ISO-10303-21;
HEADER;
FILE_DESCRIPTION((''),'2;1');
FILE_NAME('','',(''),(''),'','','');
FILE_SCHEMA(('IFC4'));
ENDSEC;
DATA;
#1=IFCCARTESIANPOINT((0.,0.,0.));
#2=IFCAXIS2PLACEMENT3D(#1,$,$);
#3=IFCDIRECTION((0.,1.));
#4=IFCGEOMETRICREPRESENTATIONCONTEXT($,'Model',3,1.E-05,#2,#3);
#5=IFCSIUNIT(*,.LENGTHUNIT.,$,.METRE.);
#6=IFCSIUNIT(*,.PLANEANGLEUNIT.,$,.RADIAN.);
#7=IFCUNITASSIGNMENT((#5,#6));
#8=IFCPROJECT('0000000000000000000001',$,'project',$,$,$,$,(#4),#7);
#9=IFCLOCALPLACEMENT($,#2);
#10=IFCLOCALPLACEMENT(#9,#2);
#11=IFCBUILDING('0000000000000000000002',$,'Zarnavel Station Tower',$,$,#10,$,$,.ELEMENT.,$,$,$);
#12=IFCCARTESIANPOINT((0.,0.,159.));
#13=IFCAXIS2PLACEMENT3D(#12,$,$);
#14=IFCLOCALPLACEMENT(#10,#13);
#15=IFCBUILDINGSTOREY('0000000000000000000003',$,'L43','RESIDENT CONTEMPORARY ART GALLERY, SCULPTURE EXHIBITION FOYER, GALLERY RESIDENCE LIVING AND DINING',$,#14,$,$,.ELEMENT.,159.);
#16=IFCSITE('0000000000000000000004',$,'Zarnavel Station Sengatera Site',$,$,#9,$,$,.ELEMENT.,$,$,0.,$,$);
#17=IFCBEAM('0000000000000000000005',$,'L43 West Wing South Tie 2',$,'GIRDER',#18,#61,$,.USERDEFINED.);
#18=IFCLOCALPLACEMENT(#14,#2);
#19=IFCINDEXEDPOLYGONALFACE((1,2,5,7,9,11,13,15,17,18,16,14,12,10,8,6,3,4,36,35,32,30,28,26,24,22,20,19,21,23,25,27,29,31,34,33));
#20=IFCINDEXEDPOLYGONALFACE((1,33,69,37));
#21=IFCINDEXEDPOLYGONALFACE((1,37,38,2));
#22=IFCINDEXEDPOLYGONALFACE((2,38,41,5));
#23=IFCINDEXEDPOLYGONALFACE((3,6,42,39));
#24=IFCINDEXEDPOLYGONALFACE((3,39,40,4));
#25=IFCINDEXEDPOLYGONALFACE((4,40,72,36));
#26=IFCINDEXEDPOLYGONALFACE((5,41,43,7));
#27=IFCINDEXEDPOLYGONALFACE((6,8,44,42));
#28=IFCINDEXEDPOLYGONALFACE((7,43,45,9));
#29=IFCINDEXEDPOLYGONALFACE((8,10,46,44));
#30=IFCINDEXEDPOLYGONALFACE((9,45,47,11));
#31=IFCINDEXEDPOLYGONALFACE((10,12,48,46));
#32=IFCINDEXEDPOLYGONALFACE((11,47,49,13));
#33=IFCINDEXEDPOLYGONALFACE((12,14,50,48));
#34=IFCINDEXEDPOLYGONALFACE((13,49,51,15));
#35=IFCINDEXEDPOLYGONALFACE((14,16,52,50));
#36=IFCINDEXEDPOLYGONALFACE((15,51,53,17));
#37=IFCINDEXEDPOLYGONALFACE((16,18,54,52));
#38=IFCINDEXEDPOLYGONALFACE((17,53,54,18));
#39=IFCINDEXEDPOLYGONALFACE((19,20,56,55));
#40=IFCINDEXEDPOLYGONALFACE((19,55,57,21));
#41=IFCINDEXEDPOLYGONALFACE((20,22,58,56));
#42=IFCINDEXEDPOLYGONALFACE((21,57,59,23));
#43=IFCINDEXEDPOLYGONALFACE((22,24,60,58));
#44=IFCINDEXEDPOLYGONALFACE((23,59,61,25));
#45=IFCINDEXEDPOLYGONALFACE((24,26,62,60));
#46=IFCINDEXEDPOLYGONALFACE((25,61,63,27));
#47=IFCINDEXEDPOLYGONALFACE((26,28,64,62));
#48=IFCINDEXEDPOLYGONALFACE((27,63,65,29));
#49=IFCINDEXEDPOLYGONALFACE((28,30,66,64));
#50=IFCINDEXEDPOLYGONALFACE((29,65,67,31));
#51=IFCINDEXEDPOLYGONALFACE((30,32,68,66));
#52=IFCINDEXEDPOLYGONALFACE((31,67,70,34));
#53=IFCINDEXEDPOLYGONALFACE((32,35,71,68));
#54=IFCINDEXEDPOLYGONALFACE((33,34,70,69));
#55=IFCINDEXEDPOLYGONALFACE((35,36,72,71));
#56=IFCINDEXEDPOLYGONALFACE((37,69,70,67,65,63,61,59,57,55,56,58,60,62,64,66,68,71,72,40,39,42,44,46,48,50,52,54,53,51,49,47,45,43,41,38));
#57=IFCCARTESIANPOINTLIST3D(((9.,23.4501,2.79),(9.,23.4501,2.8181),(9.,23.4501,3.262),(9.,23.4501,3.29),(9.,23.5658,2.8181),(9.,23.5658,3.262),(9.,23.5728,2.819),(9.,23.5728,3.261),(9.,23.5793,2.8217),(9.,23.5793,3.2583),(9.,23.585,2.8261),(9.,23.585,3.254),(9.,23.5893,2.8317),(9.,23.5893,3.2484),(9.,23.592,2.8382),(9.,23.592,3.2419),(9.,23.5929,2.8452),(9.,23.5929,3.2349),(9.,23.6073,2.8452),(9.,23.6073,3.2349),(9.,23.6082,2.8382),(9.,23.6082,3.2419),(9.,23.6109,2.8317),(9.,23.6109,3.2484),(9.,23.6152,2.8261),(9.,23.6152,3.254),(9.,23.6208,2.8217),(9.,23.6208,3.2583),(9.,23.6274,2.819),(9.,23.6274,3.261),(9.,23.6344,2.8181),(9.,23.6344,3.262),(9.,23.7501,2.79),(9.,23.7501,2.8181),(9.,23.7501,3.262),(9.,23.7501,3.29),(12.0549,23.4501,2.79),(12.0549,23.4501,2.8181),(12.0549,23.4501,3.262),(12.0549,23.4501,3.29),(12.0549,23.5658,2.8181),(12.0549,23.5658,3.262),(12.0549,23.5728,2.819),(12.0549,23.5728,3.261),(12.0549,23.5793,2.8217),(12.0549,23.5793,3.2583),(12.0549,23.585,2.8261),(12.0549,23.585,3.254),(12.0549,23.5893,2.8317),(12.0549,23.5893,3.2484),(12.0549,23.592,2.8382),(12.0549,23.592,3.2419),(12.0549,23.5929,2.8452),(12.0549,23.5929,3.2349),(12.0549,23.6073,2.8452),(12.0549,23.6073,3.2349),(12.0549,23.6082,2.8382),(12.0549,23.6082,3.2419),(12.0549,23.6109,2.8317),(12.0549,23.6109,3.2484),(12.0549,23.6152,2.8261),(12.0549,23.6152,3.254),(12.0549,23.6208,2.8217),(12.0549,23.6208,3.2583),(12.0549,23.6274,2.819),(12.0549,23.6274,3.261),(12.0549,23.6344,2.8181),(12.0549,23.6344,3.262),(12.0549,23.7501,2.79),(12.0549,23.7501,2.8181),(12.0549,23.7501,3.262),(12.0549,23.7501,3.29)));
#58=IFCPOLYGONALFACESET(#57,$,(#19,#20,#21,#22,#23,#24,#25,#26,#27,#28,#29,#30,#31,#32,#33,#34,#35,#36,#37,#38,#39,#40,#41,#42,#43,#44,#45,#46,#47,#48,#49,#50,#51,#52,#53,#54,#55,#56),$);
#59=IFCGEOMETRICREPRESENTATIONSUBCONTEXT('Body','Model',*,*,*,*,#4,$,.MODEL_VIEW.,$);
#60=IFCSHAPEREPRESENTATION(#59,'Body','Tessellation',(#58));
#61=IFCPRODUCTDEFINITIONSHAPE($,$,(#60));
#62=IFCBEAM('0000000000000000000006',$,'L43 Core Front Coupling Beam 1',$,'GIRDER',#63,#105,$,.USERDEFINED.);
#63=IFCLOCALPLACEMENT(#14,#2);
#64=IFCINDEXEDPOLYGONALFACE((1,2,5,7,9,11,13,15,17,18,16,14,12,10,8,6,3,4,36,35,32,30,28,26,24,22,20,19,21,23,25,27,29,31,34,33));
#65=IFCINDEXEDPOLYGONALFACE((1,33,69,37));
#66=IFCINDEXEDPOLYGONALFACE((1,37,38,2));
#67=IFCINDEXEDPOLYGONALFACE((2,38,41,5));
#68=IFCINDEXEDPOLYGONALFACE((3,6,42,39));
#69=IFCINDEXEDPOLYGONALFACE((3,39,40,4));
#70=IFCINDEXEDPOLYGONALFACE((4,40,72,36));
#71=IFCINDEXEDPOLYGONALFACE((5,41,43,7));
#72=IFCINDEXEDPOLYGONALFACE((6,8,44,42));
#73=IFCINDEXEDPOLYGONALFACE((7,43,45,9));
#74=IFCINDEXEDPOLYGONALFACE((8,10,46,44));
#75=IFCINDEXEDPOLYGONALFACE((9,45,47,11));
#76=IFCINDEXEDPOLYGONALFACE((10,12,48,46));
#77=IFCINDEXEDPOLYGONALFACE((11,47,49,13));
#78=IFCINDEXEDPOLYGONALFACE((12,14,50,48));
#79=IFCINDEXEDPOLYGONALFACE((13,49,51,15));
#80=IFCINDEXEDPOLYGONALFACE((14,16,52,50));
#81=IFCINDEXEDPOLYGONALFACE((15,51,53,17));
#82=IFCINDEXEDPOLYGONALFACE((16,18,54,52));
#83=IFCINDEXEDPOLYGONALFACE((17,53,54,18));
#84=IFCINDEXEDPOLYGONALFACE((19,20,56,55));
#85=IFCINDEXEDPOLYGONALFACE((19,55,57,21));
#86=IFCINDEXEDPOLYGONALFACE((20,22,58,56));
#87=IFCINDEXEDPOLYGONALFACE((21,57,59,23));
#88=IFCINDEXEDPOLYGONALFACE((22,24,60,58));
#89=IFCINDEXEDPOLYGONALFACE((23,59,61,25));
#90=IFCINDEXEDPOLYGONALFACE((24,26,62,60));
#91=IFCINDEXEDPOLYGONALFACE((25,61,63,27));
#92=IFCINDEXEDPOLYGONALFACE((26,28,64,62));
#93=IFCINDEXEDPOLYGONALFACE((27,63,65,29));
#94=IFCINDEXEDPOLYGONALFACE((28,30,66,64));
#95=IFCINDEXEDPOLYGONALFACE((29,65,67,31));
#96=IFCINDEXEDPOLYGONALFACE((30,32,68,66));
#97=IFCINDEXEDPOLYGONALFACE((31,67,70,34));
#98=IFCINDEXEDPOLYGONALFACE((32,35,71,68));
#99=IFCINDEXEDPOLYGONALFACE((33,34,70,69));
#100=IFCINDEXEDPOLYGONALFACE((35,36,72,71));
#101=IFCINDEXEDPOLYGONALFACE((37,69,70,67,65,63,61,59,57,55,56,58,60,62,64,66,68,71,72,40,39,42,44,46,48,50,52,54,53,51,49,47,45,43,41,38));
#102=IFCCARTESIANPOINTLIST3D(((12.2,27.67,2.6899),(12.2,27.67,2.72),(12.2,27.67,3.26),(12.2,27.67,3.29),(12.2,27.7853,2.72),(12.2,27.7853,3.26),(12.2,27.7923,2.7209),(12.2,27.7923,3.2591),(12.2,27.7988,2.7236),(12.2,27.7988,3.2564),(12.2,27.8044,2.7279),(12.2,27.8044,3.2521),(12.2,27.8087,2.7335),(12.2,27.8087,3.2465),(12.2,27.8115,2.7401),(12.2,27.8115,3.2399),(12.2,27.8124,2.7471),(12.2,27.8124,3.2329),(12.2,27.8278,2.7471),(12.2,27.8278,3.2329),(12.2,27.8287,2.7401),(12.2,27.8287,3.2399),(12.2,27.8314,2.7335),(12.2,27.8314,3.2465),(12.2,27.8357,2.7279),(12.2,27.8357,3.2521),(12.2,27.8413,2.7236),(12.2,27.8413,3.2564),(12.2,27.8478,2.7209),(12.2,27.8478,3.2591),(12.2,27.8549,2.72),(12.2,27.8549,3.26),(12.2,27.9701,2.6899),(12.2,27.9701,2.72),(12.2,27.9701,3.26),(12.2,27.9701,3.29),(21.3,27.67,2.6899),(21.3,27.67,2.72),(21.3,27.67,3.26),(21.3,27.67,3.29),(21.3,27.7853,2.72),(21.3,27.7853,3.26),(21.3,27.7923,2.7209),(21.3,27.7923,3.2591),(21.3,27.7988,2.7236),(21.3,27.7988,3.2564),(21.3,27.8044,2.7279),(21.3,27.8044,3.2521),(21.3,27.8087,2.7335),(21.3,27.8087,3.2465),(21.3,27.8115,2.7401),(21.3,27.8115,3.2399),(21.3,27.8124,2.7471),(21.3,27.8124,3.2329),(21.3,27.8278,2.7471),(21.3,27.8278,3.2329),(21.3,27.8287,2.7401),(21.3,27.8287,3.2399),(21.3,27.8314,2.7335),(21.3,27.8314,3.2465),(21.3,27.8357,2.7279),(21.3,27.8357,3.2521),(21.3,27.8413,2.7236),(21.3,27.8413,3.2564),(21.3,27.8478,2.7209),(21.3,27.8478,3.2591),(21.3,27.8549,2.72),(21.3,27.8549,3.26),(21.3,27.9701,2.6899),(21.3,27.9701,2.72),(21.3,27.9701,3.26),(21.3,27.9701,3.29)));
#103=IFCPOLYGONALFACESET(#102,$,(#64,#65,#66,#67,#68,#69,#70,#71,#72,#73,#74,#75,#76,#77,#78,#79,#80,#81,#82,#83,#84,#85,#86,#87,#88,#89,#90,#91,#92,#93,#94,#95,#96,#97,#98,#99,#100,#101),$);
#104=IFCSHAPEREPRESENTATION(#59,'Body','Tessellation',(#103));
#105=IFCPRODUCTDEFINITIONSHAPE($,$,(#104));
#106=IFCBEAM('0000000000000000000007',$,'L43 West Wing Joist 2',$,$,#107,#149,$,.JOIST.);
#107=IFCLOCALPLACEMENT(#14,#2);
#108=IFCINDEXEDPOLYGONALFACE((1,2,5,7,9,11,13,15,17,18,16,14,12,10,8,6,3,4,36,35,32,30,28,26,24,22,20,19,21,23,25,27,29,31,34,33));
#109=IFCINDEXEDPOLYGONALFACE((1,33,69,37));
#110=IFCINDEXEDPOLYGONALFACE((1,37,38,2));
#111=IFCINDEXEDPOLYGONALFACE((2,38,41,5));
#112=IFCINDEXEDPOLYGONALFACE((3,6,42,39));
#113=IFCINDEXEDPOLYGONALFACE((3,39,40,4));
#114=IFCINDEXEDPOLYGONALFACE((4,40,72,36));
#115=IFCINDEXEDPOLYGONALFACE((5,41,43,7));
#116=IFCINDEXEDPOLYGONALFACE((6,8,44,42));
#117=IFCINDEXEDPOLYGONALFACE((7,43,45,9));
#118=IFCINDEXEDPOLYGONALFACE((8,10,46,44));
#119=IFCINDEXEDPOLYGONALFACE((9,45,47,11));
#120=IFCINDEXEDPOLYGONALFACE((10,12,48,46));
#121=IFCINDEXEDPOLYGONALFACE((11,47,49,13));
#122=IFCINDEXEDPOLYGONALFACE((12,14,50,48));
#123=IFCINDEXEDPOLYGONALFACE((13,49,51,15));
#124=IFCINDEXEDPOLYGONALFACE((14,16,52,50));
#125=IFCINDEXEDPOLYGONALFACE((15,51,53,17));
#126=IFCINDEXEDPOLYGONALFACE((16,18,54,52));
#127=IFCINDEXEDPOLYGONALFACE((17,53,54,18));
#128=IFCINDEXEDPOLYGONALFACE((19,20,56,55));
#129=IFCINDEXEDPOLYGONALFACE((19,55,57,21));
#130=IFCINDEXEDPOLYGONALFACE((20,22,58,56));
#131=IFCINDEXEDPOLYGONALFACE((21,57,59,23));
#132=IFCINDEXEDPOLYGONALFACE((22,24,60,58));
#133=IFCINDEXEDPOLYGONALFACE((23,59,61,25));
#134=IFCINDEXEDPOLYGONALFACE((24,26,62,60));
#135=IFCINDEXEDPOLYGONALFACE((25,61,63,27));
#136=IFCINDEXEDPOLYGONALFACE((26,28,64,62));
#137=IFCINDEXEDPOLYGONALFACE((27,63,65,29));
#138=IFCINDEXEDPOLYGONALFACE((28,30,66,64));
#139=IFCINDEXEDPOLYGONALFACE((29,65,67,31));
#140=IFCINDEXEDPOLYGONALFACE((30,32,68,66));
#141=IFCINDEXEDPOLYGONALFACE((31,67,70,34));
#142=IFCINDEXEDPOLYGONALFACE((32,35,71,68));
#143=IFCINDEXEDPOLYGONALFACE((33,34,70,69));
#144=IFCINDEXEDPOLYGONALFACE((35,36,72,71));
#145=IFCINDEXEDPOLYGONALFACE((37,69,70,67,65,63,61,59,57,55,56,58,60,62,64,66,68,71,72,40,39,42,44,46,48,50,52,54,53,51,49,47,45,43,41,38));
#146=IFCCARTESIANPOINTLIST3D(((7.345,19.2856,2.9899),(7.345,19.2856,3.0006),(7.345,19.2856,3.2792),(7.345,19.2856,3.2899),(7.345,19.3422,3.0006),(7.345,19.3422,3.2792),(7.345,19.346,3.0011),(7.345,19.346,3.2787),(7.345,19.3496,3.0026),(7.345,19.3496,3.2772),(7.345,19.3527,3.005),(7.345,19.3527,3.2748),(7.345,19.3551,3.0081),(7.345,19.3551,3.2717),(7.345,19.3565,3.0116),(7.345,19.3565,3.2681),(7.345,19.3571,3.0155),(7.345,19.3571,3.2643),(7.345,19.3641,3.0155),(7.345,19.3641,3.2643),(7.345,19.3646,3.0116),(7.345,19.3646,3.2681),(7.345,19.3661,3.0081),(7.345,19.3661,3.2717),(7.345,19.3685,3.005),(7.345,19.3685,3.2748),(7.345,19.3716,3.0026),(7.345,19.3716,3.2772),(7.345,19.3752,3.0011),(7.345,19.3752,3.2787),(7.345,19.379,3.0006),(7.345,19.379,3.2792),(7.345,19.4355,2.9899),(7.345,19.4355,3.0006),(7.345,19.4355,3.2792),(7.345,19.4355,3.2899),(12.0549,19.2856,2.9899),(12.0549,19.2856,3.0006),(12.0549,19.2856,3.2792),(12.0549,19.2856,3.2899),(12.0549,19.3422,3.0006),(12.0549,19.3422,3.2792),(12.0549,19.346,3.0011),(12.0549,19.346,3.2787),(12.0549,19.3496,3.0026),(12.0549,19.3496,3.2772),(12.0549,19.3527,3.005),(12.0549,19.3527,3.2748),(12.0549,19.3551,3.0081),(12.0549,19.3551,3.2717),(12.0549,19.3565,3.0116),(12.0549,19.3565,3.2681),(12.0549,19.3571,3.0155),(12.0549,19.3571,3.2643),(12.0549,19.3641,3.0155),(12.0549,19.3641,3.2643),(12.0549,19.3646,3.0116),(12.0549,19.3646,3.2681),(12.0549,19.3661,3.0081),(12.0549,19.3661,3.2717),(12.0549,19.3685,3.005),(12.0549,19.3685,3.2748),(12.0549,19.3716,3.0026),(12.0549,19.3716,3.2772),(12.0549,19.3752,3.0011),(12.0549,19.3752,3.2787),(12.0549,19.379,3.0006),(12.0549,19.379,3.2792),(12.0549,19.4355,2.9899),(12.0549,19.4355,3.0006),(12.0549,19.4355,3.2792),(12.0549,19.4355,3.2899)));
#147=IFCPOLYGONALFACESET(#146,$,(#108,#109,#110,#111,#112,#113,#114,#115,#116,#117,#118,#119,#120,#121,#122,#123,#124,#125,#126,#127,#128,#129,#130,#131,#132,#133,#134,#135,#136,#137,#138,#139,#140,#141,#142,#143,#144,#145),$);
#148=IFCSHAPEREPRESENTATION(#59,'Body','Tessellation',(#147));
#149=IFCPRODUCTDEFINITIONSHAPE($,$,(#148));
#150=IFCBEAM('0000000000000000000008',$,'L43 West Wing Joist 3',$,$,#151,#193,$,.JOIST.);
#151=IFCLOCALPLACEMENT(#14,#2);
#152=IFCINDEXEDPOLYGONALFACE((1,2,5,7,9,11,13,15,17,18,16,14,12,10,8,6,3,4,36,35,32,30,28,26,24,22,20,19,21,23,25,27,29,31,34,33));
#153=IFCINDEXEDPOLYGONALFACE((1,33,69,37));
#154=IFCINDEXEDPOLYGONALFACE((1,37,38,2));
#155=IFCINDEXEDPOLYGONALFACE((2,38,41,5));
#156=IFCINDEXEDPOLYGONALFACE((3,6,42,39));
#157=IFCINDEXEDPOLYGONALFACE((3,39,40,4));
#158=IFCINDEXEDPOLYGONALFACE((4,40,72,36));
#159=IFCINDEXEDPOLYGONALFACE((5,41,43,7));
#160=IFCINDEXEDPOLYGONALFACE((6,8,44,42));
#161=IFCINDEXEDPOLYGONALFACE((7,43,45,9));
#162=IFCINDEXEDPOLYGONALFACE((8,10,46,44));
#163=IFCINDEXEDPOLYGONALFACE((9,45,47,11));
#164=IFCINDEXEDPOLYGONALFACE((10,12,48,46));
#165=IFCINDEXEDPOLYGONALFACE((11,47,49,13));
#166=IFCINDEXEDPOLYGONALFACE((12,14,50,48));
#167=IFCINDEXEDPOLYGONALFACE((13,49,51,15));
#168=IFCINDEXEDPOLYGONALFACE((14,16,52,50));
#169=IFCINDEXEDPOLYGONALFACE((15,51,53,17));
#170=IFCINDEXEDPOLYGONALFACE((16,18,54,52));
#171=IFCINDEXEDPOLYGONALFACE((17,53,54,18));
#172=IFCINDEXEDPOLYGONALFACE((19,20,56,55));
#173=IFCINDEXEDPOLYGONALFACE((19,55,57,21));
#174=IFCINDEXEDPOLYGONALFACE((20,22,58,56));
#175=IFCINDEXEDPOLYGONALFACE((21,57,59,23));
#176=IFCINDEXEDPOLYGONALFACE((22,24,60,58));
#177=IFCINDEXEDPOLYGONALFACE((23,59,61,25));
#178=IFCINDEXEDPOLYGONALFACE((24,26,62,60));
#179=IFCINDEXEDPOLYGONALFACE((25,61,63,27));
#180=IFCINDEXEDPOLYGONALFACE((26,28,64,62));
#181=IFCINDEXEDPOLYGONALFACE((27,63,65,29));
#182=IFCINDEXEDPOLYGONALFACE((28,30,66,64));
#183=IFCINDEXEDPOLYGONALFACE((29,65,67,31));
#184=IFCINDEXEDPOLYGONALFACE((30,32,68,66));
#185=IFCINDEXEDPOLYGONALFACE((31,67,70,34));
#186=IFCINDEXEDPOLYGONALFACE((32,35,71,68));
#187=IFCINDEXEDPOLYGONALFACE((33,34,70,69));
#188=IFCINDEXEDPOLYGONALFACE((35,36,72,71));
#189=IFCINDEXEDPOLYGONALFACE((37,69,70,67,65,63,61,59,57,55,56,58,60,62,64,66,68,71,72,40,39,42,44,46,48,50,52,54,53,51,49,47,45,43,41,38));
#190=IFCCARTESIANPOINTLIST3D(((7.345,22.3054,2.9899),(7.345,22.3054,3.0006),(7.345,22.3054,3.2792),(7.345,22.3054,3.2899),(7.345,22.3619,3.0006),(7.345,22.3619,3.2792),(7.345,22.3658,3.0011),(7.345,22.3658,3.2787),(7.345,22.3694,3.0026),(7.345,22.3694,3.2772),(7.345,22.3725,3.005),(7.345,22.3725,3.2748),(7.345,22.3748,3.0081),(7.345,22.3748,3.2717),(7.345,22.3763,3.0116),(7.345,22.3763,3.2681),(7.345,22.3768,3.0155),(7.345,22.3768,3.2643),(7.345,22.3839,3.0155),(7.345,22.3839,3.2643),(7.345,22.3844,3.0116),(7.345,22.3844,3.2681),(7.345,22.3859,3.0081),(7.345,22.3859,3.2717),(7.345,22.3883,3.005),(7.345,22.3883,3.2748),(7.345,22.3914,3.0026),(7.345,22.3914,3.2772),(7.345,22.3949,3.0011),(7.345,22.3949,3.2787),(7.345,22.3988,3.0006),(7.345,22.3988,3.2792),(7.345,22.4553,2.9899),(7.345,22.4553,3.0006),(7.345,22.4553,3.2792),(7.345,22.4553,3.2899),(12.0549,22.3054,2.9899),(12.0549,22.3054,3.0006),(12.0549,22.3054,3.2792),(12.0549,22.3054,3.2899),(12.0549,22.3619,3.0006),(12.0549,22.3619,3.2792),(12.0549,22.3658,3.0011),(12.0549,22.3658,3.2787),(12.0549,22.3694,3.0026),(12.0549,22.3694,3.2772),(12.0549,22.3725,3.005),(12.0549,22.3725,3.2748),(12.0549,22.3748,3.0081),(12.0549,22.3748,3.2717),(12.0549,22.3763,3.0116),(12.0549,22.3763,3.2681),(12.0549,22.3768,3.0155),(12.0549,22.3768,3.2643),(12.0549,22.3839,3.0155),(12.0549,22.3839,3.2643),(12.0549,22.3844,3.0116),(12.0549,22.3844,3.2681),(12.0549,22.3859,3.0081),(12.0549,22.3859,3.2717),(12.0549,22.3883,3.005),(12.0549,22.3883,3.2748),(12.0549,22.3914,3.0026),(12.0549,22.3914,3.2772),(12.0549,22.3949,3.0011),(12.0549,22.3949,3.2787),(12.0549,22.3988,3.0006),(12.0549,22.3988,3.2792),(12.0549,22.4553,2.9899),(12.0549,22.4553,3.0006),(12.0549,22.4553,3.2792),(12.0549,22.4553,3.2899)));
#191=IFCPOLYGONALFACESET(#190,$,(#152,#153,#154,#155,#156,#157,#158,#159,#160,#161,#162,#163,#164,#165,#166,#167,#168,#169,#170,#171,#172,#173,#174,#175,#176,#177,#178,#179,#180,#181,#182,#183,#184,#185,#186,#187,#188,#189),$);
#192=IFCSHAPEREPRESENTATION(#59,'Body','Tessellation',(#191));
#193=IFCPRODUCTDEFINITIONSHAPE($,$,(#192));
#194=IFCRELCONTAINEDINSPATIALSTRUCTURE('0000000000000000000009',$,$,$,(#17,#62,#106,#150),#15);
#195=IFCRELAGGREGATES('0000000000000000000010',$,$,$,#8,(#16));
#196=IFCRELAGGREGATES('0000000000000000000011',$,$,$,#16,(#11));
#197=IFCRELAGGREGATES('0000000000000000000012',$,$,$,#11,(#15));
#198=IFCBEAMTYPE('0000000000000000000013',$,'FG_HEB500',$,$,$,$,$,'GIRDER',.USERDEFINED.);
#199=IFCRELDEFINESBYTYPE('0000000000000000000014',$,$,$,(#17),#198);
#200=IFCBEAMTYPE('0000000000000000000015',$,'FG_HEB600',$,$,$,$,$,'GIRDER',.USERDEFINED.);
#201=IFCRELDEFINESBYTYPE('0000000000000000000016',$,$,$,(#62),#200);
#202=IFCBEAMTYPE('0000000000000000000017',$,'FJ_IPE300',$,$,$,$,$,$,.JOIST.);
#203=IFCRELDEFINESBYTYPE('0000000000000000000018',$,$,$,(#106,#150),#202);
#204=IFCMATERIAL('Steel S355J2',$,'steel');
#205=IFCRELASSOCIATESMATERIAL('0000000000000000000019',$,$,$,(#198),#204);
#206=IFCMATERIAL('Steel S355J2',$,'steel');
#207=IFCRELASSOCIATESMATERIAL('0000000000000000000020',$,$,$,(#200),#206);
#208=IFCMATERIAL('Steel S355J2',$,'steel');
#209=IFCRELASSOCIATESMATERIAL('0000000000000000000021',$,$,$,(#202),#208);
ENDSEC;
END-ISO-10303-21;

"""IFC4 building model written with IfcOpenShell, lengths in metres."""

from ifc_helpers import new_model, si_unit, direction, frame, origin, origin_2d, place, context, subcontext, project, spatial, i_section, extrude, material, material_profile, profile_set, type_object, element, save


model = new_model("IFC4")

# Units and contexts
model_context = context("Model", 3, precision=1e-05, world=origin(), true_north=direction((0.0, 1.0)))
body_context = subcontext(model_context, "Body", "Model", "MODEL_VIEW")
ifc_project = project(units=[si_unit("LENGTHUNIT", "METRE"), si_unit("PLANEANGLEUNIT", "RADIAN")], contexts=[model_context])

# Site, building, storey
site_placement = place(None, origin())
site = spatial("IfcSite", under=ifc_project, at=site_placement, Name="Zarnavel Station Sengatera Site", CompositionType="ELEMENT", RefElevation=0.0)
building_placement = place(site_placement, origin())
building = spatial("IfcBuilding", under=site, at=building_placement, Name="Zarnavel Station Tower", CompositionType="ELEMENT")
storey_placement = place(building_placement, frame((0.0, 0.0, 159.0)))
storey = spatial("IfcBuildingStorey", under=building, at=storey_placement, Name="L43", Description="RESIDENT CONTEMPORARY ART GALLERY, SCULPTURE EXHIBITION FOYER, GALLERY RESIDENCE LIVING AND DINING", CompositionType="ELEMENT", Elevation=159.0)

# Beams
ifc_material_1 = material(Name="Steel S355J2", Category="steel")
ifc_material_profile_1 = material_profile(ifc_material_1, i_section(OverallWidth=0.3, OverallDepth=0.5, WebThickness=0.0144, FlangeThickness=0.0281, FilletRadius=0.0271, at=origin_2d()), Name="HEB500")
ifc_profile_set_1 = profile_set([ifc_material_profile_1], Name="Steel S355J2")
beam_type_1 = type_object("IfcBeamType", Name="FG_HEB500", ElementType="GIRDER", PredefinedType="USERDEFINED", material=ifc_profile_set_1)
beam_1_placement = place(storey_placement, frame((9.0, 23.6001, 3.04), z_axis=(1.0, 0.0, 0.0), x_axis=(0.0, 1.0, 0.0)))
element("IfcBeam", 1, at=beam_1_placement, inside=storey, type_object=beam_type_1, Name="L43 West Wing South Tie 2", ObjectType="GIRDER", PredefinedType="USERDEFINED", context=body_context, shape_type="SweptSolid", body=[
    extrude(i_section(OverallWidth=0.3, OverallDepth=0.5, WebThickness=0.0144, FlangeThickness=0.0281, FilletRadius=0.0271, at=origin_2d()), origin(), (0.0, 0.0, 1.0), 3.0549),
])
ifc_material_2 = material(Name="Steel S355J2", Category="steel")
ifc_material_profile_2 = material_profile(ifc_material_2, i_section(OverallWidth=0.3, OverallDepth=0.6001, WebThickness=0.0154, FlangeThickness=0.03, FilletRadius=0.0271, at=origin_2d()), Name="HEB600")
ifc_profile_set_2 = profile_set([ifc_material_profile_2], Name="Steel S355J2")
beam_type_2 = type_object("IfcBeamType", Name="FG_HEB600", ElementType="GIRDER", PredefinedType="USERDEFINED", material=ifc_profile_set_2)
beam_2_placement = place(storey_placement, frame((12.2, 27.8201, 2.99), z_axis=(1.0, 0.0, 0.0), x_axis=(0.0, 1.0, 0.0)))
element("IfcBeam", 2, at=beam_2_placement, inside=storey, type_object=beam_type_2, Name="L43 Core Front Coupling Beam 1", ObjectType="GIRDER", PredefinedType="USERDEFINED", context=body_context, shape_type="SweptSolid", body=[
    extrude(i_section(OverallWidth=0.3, OverallDepth=0.6001, WebThickness=0.0154, FlangeThickness=0.03, FilletRadius=0.0271, at=origin_2d()), origin(), (0.0, 0.0, 1.0), 9.1001),
])
ifc_material_3 = material(Name="Steel S355J2", Category="steel")
ifc_material_profile_3 = material_profile(ifc_material_3, i_section(OverallWidth=0.1499, OverallDepth=0.3, WebThickness=0.0071, FlangeThickness=0.0107, FilletRadius=0.0149, at=origin_2d()), Name="IPE300")
ifc_profile_set_3 = profile_set([ifc_material_profile_3], Name="Steel S355J2")
beam_type_3 = type_object("IfcBeamType", Name="FJ_IPE300", PredefinedType="JOIST", material=ifc_profile_set_3)
for number, where, z_axis, x_axis, name in (
    (3, (7.345, 19.3606, 3.1399), (1.0, 0.0, 0.0), (0.0, 1.0, 0.0), "L43 West Wing Joist 2"),
    (4, (7.345, 22.3804, 3.1399), (1.0, 0.0, 0.0), (0.0, 1.0, 0.0), "L43 West Wing Joist 3"),
):
    element("IfcBeam", number, at=place(storey_placement, frame(where, z_axis=z_axis, x_axis=x_axis)), inside=storey, type_object=beam_type_3, Name=name, PredefinedType="JOIST", context=body_context, shape_type="SweptSolid", body=[
        extrude(i_section(OverallWidth=0.1499, OverallDepth=0.3, WebThickness=0.0071, FlangeThickness=0.0107, FilletRadius=0.0149, at=origin_2d()), origin(), (0.0, 0.0, 1.0), 4.71),
    ])

save(model, "model.ifc")
